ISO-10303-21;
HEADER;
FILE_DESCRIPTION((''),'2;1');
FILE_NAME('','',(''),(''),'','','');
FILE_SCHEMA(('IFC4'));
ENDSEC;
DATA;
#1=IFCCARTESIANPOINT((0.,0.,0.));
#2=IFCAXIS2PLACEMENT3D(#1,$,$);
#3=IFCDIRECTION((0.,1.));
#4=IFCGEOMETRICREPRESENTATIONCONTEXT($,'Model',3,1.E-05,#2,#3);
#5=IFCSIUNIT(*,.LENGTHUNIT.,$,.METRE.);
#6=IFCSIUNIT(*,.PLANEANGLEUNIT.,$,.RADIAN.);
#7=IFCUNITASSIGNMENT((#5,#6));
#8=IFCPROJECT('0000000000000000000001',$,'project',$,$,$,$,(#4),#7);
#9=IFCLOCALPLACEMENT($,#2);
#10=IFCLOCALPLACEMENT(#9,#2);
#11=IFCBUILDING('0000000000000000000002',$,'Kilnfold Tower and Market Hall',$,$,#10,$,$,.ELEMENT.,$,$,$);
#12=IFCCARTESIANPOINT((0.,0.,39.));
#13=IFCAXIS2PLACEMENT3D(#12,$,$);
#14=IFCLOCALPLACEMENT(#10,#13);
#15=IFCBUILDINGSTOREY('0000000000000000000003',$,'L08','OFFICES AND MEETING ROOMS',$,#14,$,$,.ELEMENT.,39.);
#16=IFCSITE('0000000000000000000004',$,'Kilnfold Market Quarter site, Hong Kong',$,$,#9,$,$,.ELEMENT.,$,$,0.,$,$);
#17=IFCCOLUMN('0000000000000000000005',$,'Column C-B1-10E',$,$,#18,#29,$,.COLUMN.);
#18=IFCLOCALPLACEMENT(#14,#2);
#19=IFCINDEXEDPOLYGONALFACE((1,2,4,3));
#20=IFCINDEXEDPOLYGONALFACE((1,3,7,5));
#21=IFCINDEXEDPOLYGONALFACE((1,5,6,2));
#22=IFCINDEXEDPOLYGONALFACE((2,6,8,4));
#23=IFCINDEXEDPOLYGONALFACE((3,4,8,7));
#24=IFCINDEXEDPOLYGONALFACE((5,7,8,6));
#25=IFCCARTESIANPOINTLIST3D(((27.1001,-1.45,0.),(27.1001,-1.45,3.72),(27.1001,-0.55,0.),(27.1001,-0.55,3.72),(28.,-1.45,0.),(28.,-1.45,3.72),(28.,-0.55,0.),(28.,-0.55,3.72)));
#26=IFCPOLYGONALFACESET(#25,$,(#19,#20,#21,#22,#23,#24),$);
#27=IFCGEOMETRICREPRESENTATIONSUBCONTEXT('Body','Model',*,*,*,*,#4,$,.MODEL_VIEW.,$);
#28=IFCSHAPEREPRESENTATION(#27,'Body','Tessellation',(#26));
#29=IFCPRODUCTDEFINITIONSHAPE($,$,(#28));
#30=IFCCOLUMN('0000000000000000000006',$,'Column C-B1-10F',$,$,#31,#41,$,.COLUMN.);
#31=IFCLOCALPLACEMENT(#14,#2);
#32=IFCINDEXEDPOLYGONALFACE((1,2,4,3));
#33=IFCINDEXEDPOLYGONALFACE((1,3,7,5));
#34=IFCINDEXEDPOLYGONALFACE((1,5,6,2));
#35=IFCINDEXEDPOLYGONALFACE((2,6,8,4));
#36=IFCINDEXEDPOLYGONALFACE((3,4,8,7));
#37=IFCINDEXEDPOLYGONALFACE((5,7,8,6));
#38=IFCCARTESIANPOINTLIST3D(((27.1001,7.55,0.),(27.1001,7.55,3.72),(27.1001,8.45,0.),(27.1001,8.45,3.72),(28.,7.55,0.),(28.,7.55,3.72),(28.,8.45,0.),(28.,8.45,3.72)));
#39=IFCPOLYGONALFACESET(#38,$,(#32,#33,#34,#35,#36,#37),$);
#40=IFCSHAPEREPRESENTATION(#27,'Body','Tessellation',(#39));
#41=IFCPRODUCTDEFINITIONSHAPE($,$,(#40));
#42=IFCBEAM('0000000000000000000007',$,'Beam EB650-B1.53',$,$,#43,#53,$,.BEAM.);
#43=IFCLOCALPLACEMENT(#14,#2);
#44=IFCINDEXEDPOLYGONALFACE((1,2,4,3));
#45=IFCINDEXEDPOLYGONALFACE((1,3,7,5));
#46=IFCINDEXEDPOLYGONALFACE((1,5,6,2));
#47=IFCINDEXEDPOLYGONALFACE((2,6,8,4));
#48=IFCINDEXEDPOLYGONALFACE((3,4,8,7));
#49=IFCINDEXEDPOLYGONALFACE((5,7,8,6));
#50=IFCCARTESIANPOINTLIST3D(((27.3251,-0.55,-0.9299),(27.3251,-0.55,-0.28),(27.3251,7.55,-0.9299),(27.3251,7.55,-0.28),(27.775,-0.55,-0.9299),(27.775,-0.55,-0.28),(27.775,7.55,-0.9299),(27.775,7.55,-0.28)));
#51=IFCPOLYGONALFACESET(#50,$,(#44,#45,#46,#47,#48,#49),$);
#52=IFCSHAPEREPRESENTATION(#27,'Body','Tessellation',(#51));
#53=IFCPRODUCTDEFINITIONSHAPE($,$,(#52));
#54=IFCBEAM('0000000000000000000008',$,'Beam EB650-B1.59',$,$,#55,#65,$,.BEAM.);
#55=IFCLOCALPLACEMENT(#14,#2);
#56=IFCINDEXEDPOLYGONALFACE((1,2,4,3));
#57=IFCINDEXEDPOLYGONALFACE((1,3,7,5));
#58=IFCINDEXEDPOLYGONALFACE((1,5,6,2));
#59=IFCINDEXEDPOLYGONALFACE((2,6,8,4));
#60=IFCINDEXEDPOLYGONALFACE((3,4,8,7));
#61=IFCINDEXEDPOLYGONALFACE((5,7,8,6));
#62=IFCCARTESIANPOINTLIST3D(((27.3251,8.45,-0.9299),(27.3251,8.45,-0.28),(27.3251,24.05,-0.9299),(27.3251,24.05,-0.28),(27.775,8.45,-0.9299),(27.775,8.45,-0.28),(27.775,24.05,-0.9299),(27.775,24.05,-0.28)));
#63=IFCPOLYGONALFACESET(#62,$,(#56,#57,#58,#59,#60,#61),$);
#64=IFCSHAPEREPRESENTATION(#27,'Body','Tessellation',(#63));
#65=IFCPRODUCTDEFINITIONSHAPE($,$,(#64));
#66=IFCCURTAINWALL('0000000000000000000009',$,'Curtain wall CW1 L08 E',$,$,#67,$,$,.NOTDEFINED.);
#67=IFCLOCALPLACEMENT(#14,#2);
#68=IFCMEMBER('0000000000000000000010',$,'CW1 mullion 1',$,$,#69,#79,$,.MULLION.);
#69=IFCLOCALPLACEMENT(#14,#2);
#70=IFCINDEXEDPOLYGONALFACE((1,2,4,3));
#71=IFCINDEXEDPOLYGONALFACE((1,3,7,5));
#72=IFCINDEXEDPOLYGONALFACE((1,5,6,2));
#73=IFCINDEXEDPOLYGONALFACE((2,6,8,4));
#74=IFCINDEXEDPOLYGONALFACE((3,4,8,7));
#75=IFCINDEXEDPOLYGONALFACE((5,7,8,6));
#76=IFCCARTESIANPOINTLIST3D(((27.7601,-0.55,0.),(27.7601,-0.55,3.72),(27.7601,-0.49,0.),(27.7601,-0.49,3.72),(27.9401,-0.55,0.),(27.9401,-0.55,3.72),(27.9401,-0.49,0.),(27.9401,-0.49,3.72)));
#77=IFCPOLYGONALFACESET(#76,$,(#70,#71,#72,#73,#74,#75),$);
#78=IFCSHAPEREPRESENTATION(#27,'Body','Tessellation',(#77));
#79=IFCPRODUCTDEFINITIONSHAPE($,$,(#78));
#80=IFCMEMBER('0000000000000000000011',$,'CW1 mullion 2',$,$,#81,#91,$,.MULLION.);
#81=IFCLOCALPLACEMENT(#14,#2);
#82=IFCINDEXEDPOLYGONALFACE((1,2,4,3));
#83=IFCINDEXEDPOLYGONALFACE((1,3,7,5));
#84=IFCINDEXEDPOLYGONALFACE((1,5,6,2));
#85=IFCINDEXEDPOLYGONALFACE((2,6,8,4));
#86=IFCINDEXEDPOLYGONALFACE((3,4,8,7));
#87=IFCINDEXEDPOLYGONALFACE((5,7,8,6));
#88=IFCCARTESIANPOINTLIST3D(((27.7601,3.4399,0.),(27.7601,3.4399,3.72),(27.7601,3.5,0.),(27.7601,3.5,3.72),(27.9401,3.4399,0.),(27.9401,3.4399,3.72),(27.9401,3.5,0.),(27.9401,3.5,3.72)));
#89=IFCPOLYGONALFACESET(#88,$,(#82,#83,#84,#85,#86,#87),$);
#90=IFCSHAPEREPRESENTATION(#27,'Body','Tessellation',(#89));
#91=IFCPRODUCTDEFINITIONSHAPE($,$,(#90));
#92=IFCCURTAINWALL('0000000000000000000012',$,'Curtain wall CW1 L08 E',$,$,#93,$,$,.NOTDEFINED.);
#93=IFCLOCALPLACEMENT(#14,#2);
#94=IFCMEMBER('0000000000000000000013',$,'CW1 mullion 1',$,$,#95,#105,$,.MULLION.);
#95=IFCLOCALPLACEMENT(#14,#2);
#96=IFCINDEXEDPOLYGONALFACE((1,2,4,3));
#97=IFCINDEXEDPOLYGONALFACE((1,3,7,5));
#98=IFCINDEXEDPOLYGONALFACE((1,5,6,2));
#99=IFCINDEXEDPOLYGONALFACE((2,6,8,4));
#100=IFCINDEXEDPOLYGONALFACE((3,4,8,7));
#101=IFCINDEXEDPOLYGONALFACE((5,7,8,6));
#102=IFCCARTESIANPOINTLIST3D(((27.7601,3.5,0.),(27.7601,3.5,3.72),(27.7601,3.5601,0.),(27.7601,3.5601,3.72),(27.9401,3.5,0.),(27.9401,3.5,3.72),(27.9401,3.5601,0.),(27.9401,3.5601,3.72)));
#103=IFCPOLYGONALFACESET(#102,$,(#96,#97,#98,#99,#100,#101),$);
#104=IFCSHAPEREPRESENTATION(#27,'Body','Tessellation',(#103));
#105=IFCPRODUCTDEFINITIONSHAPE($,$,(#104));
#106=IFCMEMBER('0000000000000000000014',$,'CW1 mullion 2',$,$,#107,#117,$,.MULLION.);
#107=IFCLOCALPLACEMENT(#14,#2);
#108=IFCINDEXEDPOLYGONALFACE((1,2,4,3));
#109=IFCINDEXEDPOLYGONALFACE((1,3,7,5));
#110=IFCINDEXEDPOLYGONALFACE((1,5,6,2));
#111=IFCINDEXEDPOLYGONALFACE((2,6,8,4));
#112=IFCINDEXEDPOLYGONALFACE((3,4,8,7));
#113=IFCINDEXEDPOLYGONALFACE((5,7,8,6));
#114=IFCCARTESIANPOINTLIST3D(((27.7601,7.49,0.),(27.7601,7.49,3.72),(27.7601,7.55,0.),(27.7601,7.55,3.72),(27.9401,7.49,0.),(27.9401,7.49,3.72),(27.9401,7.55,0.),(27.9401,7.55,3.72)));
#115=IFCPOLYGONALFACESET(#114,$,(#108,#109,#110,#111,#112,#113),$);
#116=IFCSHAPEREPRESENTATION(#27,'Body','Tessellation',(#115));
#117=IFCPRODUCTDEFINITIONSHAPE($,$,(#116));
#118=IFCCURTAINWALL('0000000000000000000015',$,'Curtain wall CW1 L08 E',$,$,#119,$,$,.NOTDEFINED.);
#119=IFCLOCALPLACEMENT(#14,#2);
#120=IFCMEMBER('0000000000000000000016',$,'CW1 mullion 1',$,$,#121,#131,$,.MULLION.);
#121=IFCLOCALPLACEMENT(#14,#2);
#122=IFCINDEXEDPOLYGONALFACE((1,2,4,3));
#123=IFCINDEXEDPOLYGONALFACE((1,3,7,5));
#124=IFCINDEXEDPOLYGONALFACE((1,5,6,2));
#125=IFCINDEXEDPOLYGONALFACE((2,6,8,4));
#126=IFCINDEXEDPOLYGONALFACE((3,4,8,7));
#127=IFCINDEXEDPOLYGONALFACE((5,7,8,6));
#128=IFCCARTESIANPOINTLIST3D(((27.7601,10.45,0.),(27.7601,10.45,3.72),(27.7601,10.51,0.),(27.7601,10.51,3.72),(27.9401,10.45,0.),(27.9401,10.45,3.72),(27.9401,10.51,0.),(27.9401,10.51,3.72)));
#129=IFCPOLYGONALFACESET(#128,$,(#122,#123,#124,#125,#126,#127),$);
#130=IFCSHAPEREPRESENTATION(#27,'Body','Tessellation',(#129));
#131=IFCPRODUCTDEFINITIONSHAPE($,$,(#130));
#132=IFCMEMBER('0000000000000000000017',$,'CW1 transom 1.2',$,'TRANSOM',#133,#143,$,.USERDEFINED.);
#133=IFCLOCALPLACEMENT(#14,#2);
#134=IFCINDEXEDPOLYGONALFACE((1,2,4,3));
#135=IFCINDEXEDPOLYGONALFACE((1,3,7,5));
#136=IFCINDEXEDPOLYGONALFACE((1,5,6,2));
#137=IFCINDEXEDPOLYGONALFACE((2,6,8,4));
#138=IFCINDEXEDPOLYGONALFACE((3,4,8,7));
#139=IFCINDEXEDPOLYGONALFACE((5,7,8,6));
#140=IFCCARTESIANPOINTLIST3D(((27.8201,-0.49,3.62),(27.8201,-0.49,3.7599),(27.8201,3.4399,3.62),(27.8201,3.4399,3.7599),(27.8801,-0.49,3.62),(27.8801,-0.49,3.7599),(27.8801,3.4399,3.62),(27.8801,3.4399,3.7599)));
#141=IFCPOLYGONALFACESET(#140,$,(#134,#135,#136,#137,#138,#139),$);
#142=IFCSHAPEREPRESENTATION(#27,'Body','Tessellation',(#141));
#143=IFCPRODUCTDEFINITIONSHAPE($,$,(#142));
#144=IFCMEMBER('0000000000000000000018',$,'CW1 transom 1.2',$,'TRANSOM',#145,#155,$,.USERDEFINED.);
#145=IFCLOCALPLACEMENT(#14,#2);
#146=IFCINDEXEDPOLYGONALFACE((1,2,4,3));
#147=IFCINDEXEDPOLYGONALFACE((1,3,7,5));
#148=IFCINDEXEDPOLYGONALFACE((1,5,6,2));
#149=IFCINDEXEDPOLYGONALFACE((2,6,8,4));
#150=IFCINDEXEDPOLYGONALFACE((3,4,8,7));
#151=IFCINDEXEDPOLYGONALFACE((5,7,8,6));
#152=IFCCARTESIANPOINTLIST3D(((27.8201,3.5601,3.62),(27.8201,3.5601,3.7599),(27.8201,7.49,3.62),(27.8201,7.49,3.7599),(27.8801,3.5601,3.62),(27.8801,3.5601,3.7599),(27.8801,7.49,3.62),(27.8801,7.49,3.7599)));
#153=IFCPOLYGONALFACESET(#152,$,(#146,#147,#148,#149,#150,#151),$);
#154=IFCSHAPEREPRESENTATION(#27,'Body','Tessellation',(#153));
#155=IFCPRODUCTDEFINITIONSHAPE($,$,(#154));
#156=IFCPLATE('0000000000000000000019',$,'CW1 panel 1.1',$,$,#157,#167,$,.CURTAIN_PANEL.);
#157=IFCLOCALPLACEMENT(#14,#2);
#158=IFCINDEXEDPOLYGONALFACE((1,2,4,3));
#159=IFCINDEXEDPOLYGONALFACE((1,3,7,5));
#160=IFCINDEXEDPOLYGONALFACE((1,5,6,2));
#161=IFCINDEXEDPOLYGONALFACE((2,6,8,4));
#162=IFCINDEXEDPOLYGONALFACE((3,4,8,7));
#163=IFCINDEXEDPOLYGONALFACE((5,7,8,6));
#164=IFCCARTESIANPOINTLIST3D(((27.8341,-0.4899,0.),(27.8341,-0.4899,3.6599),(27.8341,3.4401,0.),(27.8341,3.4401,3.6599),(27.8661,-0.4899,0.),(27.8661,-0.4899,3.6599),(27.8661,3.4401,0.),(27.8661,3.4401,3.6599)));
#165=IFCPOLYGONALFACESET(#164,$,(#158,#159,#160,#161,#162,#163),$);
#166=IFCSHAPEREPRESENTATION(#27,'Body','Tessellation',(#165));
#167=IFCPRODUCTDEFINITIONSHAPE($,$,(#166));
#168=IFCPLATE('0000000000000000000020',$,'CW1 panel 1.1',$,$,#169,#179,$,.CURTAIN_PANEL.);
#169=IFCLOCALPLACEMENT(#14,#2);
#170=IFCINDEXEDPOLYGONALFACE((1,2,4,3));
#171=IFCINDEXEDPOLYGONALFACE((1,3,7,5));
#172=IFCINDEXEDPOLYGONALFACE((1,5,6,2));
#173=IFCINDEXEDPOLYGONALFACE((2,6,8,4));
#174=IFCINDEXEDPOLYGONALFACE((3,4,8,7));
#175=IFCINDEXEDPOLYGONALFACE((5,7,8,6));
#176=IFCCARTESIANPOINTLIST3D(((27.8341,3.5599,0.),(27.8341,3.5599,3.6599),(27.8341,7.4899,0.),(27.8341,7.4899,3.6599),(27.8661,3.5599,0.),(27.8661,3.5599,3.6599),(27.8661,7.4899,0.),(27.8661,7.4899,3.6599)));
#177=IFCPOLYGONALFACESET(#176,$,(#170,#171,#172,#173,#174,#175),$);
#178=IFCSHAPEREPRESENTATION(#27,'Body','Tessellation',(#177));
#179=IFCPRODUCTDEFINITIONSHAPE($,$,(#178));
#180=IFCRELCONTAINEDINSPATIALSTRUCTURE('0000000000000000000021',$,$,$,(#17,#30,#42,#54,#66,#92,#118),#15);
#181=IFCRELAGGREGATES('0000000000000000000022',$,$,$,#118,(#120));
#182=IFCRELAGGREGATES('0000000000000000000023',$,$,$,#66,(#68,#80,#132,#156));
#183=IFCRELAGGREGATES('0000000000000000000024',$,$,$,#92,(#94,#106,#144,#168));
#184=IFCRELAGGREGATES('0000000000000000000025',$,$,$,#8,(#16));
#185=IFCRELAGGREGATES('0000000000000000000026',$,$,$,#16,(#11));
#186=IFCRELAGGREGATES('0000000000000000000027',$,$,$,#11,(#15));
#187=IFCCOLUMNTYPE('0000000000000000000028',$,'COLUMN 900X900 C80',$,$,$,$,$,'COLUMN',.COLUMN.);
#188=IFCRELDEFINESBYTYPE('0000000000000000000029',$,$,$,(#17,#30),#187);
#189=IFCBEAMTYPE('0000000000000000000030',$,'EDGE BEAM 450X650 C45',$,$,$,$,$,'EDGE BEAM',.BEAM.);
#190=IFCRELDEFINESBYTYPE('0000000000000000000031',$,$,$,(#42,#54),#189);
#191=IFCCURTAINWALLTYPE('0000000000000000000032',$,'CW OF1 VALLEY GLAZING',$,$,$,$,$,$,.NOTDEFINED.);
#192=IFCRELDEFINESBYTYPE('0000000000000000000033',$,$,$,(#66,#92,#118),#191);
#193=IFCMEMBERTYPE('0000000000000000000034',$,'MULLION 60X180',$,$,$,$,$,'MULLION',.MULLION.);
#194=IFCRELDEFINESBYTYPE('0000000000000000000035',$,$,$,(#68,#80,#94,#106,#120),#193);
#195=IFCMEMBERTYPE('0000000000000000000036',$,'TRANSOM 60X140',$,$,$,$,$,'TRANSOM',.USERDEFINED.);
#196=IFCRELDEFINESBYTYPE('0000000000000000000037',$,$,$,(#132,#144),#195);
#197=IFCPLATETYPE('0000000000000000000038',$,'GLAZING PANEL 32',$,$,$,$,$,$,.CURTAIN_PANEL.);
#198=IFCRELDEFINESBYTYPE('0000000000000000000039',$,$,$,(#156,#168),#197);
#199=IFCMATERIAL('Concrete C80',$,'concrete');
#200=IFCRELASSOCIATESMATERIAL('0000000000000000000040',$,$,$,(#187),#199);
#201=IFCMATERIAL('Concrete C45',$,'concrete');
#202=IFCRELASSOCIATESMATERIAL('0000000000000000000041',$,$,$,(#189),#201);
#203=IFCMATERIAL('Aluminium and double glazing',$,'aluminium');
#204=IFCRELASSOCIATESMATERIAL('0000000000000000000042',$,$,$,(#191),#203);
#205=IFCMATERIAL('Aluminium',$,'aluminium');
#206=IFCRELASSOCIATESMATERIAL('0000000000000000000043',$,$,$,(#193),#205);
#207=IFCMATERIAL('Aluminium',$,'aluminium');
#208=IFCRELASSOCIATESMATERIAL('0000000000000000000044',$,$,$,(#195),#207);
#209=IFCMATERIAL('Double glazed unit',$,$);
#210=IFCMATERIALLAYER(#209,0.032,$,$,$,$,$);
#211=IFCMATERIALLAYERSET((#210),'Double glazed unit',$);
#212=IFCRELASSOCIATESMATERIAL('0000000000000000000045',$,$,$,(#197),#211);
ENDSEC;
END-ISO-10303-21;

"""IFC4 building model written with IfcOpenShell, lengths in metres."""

from ifc_helpers import new_model, si_unit, direction, frame, origin, origin_2d, place, context, subcontext, project, spatial, rectangle, extrude, source, transform, mapped, material, layer, layer_set, material_profile, profile_set, type_object, element, aggregate, save


model = new_model("IFC4")

# Units and contexts
model_context = context("Model", 3, precision=1e-05, world=origin(), true_north=direction((0.0, 1.0)))
body_context = subcontext(model_context, "Body", "Model", "MODEL_VIEW")
ifc_project = project(units=[si_unit("LENGTHUNIT", "METRE"), si_unit("PLANEANGLEUNIT", "RADIAN")], contexts=[model_context])

# Site, building, storey
site_placement = place(None, origin())
site = spatial("IfcSite", under=ifc_project, at=site_placement, Name="Kilnfold Market Quarter site, Hong Kong", CompositionType="ELEMENT", RefElevation=0.0)
building_placement = place(site_placement, origin())
building = spatial("IfcBuilding", under=site, at=building_placement, Name="Kilnfold Tower and Market Hall", CompositionType="ELEMENT")
storey_placement = place(building_placement, frame((0.0, 0.0, 39.0)))
storey = spatial("IfcBuildingStorey", under=building, at=storey_placement, Name="L08", Description="OFFICES AND MEETING ROOMS", CompositionType="ELEMENT", Elevation=39.0)

# Columns
ifc_material_1 = material(Name="Concrete C80", Category="concrete")
ifc_material_profile_1 = material_profile(ifc_material_1, rectangle(XDim=0.8999, YDim=0.8999, at=origin_2d()), Name="RC 900x900")
ifc_profile_set_1 = profile_set([ifc_material_profile_1], Name="Concrete C80")
column_type = type_object("IfcColumnType", Name="COLUMN 900X900 C80", ElementType="COLUMN", PredefinedType="COLUMN", material=ifc_profile_set_1)
shared_shape_1 = source(origin(), body_context, "Body", "SweptSolid", [
    extrude(rectangle(XDim=0.8999, YDim=0.8999, at=origin_2d()), origin(), (0.0, 0.0, 1.0), 3.72),
])
for number, where, z_axis, x_axis, name in (
    (1, (27.55, -1.0, 0.0), (0.0, 0.0, 1.0), (1.0, 0.0, 0.0), "Column C-B1-10E"),
    (2, (27.55, 8.0, 0.0), (0.0, 0.0, 1.0), (1.0, 0.0, 0.0), "Column C-B1-10F"),
):
    element("IfcColumn", number, at=place(storey_placement, frame(where, z_axis=z_axis, x_axis=x_axis)), inside=storey, type_object=column_type, Name=name, PredefinedType="COLUMN", context=body_context, shape_type="MappedRepresentation", body=[
        mapped(shared_shape_1, transform((0.0, 0.0, 0.0))),
    ])

# Beams
ifc_material_2 = material(Name="Concrete C45", Category="concrete")
ifc_material_profile_2 = material_profile(ifc_material_2, rectangle(XDim=0.45, YDim=0.6499, at=origin_2d()), Name="RC 450x650")
ifc_profile_set_2 = profile_set([ifc_material_profile_2], Name="Concrete C45")
beam_type = type_object("IfcBeamType", Name="EDGE BEAM 450X650 C45", ElementType="EDGE BEAM", PredefinedType="BEAM", material=ifc_profile_set_2)
shared_shape_2 = source(origin(), body_context, "Body", "SweptSolid", [
    extrude(rectangle(XDim=0.45, YDim=0.6499, at=origin_2d()), origin(), (0.0, 0.0, 1.0), 8.1001),
])
beam_1_placement = place(storey_placement, frame((27.55, -0.55, -0.605), z_axis=(0.0, 1.0, 0.0), x_axis=(-1.0, 0.0, 0.0)))
element("IfcBeam", 3, at=beam_1_placement, inside=storey, type_object=beam_type, Name="Beam EB650-B1.53", PredefinedType="BEAM", context=body_context, shape_type="MappedRepresentation", body=[
    mapped(shared_shape_2, transform((0.0, 0.0, 0.0))),
])
shared_shape_3 = source(origin(), body_context, "Body", "SweptSolid", [
    extrude(rectangle(XDim=0.45, YDim=0.6499, at=origin_2d()), origin(), (0.0, 0.0, 1.0), 15.6001),
])
beam_2_placement = place(storey_placement, frame((27.55, 8.45, -0.605), z_axis=(0.0, 1.0, 0.0), x_axis=(-1.0, 0.0, 0.0)))
element("IfcBeam", 4, at=beam_2_placement, inside=storey, type_object=beam_type, Name="Beam EB650-B1.59", PredefinedType="BEAM", context=body_context, shape_type="MappedRepresentation", body=[
    mapped(shared_shape_3, transform((0.0, 0.0, 0.0))),
])

# Curtain walls, members
ifc_material_3 = material(Name="Aluminium and double glazing", Category="aluminium")
curtain_wall_type = type_object("IfcCurtainWallType", Name="CW OF1 VALLEY GLAZING", PredefinedType="NOTDEFINED", material=ifc_material_3)
curtain_wall_1_placement = place(storey_placement, origin())
curtain_wall_1 = element("IfcCurtainWall", 5, at=curtain_wall_1_placement, inside=storey, type_object=curtain_wall_type, Name="Curtain wall CW1 L08 E", PredefinedType="NOTDEFINED")
ifc_material_4 = material(Name="Aluminium", Category="aluminium")
ifc_material_profile_3 = material_profile(ifc_material_4, rectangle(XDim=0.0601, YDim=0.1799, at=origin_2d()), Name="MULLION 60x180")
ifc_profile_set_3 = profile_set([ifc_material_profile_3], Name="Aluminium")
member_type_1 = type_object("IfcMemberType", Name="MULLION 60X180", ElementType="MULLION", PredefinedType="MULLION", material=ifc_profile_set_3)
shared_shape_4 = source(origin(), body_context, "Body", "SweptSolid", [
    extrude(rectangle(XDim=0.0601, YDim=0.1799, at=origin_2d()), origin(), (0.0, 0.0, 1.0), 3.72),
])
member_1_placement = place(storey_placement, frame((27.8501, -0.52, 0.0), z_axis=(0.0, 0.0, 1.0), x_axis=(0.0, 1.0, 0.0)))
member_1 = element("IfcMember", 6, at=member_1_placement, type_object=member_type_1, Name="CW1 mullion 1", PredefinedType="MULLION", context=body_context, shape_type="MappedRepresentation", body=[
    mapped(shared_shape_4, transform((0.0, 0.0, 0.0))),
])
member_2_placement = place(storey_placement, frame((27.8501, 3.47, 0.0), z_axis=(0.0, 0.0, 1.0), x_axis=(0.0, 1.0, 0.0)))
member_2 = element("IfcMember", 7, at=member_2_placement, type_object=member_type_1, Name="CW1 mullion 2", PredefinedType="MULLION", context=body_context, shape_type="MappedRepresentation", body=[
    mapped(shared_shape_4, transform((0.0, 0.0, 0.0))),
])
curtain_wall_2_placement = place(storey_placement, origin())
curtain_wall_2 = element("IfcCurtainWall", 8, at=curtain_wall_2_placement, inside=storey, type_object=curtain_wall_type, Name="Curtain wall CW1 L08 E", PredefinedType="NOTDEFINED")
member_3_placement = place(storey_placement, frame((27.8501, 3.53, 0.0), z_axis=(0.0, 0.0, 1.0), x_axis=(0.0, 1.0, 0.0)))
member_3 = element("IfcMember", 9, at=member_3_placement, type_object=member_type_1, Name="CW1 mullion 1", PredefinedType="MULLION", context=body_context, shape_type="MappedRepresentation", body=[
    mapped(shared_shape_4, transform((0.0, 0.0, 0.0))),
])
member_4_placement = place(storey_placement, frame((27.8501, 7.52, 0.0), z_axis=(0.0, 0.0, 1.0), x_axis=(0.0, 1.0, 0.0)))
member_4 = element("IfcMember", 10, at=member_4_placement, type_object=member_type_1, Name="CW1 mullion 2", PredefinedType="MULLION", context=body_context, shape_type="MappedRepresentation", body=[
    mapped(shared_shape_4, transform((0.0, 0.0, 0.0))),
])

# Curtain wall, member
curtain_wall_3_placement = place(storey_placement, origin())
curtain_wall_3 = element("IfcCurtainWall", 11, at=curtain_wall_3_placement, inside=storey, type_object=curtain_wall_type, Name="Curtain wall CW1 L08 E", PredefinedType="NOTDEFINED")
member_5_placement = place(storey_placement, frame((27.8501, 10.48, 0.0), z_axis=(0.0, 0.0, 1.0), x_axis=(0.0, 1.0, 0.0)))
member_5 = element("IfcMember", 12, at=member_5_placement, type_object=member_type_1, Name="CW1 mullion 1", PredefinedType="MULLION", context=body_context, shape_type="MappedRepresentation", body=[
    mapped(shared_shape_4, transform((0.0, 0.0, 0.0))),
])
aggregate(curtain_wall_3, [member_5])

# Members
ifc_material_5 = material(Name="Aluminium", Category="aluminium")
ifc_material_profile_4 = material_profile(ifc_material_5, rectangle(XDim=0.0601, YDim=0.1399, at=origin_2d()), Name="TRANSOM 60x140")
ifc_profile_set_4 = profile_set([ifc_material_profile_4], Name="Aluminium")
member_type_2 = type_object("IfcMemberType", Name="TRANSOM 60X140", ElementType="TRANSOM", PredefinedType="USERDEFINED", material=ifc_profile_set_4)
shared_shape_5 = source(origin(), body_context, "Body", "SweptSolid", [
    extrude(rectangle(XDim=0.0601, YDim=0.1399, at=origin_2d()), origin(), (0.0, 0.0, 1.0), 3.9299),
])
member_6_placement = place(storey_placement, frame((27.8501, -0.49, 3.6899), z_axis=(0.0, 1.0, 0.0), x_axis=(-1.0, 0.0, 0.0)))
member_6 = element("IfcMember", 13, at=member_6_placement, type_object=member_type_2, Name="CW1 transom 1.2", ObjectType="TRANSOM", PredefinedType="USERDEFINED", context=body_context, shape_type="MappedRepresentation", body=[
    mapped(shared_shape_5, transform((0.0, 0.0, 0.0))),
])
member_7_placement = place(storey_placement, frame((27.8501, 3.5601, 3.6899), z_axis=(0.0, 1.0, 0.0), x_axis=(-1.0, 0.0, 0.0)))
member_7 = element("IfcMember", 14, at=member_7_placement, type_object=member_type_2, Name="CW1 transom 1.2", ObjectType="TRANSOM", PredefinedType="USERDEFINED", context=body_context, shape_type="MappedRepresentation", body=[
    mapped(shared_shape_5, transform((0.0, 0.0, 0.0))),
])

# Plates
ifc_material_6 = material(Name="Double glazed unit")
ifc_layer_1 = layer(ifc_material_6, 0.032)
ifc_layer_set_1 = layer_set([ifc_layer_1], Name="Double glazed unit")
plate_type = type_object("IfcPlateType", Name="GLAZING PANEL 32", PredefinedType="CURTAIN_PANEL", material=ifc_layer_set_1)
shared_shape_6 = source(origin(), body_context, "Body", "SweptSolid", [
    extrude(rectangle(XDim=3.9299, YDim=0.032, at=origin_2d()), origin(), (0.0, 0.0, 1.0), 3.6599),
])
plate_1_placement = place(storey_placement, frame((27.8501, 1.4751, 0.0), z_axis=(0.0, 0.0, 1.0), x_axis=(0.0, 1.0, 0.0)))
plate_1 = element("IfcPlate", 15, at=plate_1_placement, type_object=plate_type, Name="CW1 panel 1.1", PredefinedType="CURTAIN_PANEL", context=body_context, shape_type="MappedRepresentation", body=[
    mapped(shared_shape_6, transform((0.0, 0.0, 0.0))),
])
aggregate(curtain_wall_1, [member_1, member_2, member_6, plate_1])
plate_2_placement = place(storey_placement, frame((27.8501, 5.5249, 0.0), z_axis=(0.0, 0.0, 1.0), x_axis=(0.0, 1.0, 0.0)))
plate_2 = element("IfcPlate", 16, at=plate_2_placement, type_object=plate_type, Name="CW1 panel 1.1", PredefinedType="CURTAIN_PANEL", context=body_context, shape_type="MappedRepresentation", body=[
    mapped(shared_shape_6, transform((0.0, 0.0, 0.0))),
])
aggregate(curtain_wall_2, [member_3, member_4, member_7, plate_2])

save(model, "model.ifc")
